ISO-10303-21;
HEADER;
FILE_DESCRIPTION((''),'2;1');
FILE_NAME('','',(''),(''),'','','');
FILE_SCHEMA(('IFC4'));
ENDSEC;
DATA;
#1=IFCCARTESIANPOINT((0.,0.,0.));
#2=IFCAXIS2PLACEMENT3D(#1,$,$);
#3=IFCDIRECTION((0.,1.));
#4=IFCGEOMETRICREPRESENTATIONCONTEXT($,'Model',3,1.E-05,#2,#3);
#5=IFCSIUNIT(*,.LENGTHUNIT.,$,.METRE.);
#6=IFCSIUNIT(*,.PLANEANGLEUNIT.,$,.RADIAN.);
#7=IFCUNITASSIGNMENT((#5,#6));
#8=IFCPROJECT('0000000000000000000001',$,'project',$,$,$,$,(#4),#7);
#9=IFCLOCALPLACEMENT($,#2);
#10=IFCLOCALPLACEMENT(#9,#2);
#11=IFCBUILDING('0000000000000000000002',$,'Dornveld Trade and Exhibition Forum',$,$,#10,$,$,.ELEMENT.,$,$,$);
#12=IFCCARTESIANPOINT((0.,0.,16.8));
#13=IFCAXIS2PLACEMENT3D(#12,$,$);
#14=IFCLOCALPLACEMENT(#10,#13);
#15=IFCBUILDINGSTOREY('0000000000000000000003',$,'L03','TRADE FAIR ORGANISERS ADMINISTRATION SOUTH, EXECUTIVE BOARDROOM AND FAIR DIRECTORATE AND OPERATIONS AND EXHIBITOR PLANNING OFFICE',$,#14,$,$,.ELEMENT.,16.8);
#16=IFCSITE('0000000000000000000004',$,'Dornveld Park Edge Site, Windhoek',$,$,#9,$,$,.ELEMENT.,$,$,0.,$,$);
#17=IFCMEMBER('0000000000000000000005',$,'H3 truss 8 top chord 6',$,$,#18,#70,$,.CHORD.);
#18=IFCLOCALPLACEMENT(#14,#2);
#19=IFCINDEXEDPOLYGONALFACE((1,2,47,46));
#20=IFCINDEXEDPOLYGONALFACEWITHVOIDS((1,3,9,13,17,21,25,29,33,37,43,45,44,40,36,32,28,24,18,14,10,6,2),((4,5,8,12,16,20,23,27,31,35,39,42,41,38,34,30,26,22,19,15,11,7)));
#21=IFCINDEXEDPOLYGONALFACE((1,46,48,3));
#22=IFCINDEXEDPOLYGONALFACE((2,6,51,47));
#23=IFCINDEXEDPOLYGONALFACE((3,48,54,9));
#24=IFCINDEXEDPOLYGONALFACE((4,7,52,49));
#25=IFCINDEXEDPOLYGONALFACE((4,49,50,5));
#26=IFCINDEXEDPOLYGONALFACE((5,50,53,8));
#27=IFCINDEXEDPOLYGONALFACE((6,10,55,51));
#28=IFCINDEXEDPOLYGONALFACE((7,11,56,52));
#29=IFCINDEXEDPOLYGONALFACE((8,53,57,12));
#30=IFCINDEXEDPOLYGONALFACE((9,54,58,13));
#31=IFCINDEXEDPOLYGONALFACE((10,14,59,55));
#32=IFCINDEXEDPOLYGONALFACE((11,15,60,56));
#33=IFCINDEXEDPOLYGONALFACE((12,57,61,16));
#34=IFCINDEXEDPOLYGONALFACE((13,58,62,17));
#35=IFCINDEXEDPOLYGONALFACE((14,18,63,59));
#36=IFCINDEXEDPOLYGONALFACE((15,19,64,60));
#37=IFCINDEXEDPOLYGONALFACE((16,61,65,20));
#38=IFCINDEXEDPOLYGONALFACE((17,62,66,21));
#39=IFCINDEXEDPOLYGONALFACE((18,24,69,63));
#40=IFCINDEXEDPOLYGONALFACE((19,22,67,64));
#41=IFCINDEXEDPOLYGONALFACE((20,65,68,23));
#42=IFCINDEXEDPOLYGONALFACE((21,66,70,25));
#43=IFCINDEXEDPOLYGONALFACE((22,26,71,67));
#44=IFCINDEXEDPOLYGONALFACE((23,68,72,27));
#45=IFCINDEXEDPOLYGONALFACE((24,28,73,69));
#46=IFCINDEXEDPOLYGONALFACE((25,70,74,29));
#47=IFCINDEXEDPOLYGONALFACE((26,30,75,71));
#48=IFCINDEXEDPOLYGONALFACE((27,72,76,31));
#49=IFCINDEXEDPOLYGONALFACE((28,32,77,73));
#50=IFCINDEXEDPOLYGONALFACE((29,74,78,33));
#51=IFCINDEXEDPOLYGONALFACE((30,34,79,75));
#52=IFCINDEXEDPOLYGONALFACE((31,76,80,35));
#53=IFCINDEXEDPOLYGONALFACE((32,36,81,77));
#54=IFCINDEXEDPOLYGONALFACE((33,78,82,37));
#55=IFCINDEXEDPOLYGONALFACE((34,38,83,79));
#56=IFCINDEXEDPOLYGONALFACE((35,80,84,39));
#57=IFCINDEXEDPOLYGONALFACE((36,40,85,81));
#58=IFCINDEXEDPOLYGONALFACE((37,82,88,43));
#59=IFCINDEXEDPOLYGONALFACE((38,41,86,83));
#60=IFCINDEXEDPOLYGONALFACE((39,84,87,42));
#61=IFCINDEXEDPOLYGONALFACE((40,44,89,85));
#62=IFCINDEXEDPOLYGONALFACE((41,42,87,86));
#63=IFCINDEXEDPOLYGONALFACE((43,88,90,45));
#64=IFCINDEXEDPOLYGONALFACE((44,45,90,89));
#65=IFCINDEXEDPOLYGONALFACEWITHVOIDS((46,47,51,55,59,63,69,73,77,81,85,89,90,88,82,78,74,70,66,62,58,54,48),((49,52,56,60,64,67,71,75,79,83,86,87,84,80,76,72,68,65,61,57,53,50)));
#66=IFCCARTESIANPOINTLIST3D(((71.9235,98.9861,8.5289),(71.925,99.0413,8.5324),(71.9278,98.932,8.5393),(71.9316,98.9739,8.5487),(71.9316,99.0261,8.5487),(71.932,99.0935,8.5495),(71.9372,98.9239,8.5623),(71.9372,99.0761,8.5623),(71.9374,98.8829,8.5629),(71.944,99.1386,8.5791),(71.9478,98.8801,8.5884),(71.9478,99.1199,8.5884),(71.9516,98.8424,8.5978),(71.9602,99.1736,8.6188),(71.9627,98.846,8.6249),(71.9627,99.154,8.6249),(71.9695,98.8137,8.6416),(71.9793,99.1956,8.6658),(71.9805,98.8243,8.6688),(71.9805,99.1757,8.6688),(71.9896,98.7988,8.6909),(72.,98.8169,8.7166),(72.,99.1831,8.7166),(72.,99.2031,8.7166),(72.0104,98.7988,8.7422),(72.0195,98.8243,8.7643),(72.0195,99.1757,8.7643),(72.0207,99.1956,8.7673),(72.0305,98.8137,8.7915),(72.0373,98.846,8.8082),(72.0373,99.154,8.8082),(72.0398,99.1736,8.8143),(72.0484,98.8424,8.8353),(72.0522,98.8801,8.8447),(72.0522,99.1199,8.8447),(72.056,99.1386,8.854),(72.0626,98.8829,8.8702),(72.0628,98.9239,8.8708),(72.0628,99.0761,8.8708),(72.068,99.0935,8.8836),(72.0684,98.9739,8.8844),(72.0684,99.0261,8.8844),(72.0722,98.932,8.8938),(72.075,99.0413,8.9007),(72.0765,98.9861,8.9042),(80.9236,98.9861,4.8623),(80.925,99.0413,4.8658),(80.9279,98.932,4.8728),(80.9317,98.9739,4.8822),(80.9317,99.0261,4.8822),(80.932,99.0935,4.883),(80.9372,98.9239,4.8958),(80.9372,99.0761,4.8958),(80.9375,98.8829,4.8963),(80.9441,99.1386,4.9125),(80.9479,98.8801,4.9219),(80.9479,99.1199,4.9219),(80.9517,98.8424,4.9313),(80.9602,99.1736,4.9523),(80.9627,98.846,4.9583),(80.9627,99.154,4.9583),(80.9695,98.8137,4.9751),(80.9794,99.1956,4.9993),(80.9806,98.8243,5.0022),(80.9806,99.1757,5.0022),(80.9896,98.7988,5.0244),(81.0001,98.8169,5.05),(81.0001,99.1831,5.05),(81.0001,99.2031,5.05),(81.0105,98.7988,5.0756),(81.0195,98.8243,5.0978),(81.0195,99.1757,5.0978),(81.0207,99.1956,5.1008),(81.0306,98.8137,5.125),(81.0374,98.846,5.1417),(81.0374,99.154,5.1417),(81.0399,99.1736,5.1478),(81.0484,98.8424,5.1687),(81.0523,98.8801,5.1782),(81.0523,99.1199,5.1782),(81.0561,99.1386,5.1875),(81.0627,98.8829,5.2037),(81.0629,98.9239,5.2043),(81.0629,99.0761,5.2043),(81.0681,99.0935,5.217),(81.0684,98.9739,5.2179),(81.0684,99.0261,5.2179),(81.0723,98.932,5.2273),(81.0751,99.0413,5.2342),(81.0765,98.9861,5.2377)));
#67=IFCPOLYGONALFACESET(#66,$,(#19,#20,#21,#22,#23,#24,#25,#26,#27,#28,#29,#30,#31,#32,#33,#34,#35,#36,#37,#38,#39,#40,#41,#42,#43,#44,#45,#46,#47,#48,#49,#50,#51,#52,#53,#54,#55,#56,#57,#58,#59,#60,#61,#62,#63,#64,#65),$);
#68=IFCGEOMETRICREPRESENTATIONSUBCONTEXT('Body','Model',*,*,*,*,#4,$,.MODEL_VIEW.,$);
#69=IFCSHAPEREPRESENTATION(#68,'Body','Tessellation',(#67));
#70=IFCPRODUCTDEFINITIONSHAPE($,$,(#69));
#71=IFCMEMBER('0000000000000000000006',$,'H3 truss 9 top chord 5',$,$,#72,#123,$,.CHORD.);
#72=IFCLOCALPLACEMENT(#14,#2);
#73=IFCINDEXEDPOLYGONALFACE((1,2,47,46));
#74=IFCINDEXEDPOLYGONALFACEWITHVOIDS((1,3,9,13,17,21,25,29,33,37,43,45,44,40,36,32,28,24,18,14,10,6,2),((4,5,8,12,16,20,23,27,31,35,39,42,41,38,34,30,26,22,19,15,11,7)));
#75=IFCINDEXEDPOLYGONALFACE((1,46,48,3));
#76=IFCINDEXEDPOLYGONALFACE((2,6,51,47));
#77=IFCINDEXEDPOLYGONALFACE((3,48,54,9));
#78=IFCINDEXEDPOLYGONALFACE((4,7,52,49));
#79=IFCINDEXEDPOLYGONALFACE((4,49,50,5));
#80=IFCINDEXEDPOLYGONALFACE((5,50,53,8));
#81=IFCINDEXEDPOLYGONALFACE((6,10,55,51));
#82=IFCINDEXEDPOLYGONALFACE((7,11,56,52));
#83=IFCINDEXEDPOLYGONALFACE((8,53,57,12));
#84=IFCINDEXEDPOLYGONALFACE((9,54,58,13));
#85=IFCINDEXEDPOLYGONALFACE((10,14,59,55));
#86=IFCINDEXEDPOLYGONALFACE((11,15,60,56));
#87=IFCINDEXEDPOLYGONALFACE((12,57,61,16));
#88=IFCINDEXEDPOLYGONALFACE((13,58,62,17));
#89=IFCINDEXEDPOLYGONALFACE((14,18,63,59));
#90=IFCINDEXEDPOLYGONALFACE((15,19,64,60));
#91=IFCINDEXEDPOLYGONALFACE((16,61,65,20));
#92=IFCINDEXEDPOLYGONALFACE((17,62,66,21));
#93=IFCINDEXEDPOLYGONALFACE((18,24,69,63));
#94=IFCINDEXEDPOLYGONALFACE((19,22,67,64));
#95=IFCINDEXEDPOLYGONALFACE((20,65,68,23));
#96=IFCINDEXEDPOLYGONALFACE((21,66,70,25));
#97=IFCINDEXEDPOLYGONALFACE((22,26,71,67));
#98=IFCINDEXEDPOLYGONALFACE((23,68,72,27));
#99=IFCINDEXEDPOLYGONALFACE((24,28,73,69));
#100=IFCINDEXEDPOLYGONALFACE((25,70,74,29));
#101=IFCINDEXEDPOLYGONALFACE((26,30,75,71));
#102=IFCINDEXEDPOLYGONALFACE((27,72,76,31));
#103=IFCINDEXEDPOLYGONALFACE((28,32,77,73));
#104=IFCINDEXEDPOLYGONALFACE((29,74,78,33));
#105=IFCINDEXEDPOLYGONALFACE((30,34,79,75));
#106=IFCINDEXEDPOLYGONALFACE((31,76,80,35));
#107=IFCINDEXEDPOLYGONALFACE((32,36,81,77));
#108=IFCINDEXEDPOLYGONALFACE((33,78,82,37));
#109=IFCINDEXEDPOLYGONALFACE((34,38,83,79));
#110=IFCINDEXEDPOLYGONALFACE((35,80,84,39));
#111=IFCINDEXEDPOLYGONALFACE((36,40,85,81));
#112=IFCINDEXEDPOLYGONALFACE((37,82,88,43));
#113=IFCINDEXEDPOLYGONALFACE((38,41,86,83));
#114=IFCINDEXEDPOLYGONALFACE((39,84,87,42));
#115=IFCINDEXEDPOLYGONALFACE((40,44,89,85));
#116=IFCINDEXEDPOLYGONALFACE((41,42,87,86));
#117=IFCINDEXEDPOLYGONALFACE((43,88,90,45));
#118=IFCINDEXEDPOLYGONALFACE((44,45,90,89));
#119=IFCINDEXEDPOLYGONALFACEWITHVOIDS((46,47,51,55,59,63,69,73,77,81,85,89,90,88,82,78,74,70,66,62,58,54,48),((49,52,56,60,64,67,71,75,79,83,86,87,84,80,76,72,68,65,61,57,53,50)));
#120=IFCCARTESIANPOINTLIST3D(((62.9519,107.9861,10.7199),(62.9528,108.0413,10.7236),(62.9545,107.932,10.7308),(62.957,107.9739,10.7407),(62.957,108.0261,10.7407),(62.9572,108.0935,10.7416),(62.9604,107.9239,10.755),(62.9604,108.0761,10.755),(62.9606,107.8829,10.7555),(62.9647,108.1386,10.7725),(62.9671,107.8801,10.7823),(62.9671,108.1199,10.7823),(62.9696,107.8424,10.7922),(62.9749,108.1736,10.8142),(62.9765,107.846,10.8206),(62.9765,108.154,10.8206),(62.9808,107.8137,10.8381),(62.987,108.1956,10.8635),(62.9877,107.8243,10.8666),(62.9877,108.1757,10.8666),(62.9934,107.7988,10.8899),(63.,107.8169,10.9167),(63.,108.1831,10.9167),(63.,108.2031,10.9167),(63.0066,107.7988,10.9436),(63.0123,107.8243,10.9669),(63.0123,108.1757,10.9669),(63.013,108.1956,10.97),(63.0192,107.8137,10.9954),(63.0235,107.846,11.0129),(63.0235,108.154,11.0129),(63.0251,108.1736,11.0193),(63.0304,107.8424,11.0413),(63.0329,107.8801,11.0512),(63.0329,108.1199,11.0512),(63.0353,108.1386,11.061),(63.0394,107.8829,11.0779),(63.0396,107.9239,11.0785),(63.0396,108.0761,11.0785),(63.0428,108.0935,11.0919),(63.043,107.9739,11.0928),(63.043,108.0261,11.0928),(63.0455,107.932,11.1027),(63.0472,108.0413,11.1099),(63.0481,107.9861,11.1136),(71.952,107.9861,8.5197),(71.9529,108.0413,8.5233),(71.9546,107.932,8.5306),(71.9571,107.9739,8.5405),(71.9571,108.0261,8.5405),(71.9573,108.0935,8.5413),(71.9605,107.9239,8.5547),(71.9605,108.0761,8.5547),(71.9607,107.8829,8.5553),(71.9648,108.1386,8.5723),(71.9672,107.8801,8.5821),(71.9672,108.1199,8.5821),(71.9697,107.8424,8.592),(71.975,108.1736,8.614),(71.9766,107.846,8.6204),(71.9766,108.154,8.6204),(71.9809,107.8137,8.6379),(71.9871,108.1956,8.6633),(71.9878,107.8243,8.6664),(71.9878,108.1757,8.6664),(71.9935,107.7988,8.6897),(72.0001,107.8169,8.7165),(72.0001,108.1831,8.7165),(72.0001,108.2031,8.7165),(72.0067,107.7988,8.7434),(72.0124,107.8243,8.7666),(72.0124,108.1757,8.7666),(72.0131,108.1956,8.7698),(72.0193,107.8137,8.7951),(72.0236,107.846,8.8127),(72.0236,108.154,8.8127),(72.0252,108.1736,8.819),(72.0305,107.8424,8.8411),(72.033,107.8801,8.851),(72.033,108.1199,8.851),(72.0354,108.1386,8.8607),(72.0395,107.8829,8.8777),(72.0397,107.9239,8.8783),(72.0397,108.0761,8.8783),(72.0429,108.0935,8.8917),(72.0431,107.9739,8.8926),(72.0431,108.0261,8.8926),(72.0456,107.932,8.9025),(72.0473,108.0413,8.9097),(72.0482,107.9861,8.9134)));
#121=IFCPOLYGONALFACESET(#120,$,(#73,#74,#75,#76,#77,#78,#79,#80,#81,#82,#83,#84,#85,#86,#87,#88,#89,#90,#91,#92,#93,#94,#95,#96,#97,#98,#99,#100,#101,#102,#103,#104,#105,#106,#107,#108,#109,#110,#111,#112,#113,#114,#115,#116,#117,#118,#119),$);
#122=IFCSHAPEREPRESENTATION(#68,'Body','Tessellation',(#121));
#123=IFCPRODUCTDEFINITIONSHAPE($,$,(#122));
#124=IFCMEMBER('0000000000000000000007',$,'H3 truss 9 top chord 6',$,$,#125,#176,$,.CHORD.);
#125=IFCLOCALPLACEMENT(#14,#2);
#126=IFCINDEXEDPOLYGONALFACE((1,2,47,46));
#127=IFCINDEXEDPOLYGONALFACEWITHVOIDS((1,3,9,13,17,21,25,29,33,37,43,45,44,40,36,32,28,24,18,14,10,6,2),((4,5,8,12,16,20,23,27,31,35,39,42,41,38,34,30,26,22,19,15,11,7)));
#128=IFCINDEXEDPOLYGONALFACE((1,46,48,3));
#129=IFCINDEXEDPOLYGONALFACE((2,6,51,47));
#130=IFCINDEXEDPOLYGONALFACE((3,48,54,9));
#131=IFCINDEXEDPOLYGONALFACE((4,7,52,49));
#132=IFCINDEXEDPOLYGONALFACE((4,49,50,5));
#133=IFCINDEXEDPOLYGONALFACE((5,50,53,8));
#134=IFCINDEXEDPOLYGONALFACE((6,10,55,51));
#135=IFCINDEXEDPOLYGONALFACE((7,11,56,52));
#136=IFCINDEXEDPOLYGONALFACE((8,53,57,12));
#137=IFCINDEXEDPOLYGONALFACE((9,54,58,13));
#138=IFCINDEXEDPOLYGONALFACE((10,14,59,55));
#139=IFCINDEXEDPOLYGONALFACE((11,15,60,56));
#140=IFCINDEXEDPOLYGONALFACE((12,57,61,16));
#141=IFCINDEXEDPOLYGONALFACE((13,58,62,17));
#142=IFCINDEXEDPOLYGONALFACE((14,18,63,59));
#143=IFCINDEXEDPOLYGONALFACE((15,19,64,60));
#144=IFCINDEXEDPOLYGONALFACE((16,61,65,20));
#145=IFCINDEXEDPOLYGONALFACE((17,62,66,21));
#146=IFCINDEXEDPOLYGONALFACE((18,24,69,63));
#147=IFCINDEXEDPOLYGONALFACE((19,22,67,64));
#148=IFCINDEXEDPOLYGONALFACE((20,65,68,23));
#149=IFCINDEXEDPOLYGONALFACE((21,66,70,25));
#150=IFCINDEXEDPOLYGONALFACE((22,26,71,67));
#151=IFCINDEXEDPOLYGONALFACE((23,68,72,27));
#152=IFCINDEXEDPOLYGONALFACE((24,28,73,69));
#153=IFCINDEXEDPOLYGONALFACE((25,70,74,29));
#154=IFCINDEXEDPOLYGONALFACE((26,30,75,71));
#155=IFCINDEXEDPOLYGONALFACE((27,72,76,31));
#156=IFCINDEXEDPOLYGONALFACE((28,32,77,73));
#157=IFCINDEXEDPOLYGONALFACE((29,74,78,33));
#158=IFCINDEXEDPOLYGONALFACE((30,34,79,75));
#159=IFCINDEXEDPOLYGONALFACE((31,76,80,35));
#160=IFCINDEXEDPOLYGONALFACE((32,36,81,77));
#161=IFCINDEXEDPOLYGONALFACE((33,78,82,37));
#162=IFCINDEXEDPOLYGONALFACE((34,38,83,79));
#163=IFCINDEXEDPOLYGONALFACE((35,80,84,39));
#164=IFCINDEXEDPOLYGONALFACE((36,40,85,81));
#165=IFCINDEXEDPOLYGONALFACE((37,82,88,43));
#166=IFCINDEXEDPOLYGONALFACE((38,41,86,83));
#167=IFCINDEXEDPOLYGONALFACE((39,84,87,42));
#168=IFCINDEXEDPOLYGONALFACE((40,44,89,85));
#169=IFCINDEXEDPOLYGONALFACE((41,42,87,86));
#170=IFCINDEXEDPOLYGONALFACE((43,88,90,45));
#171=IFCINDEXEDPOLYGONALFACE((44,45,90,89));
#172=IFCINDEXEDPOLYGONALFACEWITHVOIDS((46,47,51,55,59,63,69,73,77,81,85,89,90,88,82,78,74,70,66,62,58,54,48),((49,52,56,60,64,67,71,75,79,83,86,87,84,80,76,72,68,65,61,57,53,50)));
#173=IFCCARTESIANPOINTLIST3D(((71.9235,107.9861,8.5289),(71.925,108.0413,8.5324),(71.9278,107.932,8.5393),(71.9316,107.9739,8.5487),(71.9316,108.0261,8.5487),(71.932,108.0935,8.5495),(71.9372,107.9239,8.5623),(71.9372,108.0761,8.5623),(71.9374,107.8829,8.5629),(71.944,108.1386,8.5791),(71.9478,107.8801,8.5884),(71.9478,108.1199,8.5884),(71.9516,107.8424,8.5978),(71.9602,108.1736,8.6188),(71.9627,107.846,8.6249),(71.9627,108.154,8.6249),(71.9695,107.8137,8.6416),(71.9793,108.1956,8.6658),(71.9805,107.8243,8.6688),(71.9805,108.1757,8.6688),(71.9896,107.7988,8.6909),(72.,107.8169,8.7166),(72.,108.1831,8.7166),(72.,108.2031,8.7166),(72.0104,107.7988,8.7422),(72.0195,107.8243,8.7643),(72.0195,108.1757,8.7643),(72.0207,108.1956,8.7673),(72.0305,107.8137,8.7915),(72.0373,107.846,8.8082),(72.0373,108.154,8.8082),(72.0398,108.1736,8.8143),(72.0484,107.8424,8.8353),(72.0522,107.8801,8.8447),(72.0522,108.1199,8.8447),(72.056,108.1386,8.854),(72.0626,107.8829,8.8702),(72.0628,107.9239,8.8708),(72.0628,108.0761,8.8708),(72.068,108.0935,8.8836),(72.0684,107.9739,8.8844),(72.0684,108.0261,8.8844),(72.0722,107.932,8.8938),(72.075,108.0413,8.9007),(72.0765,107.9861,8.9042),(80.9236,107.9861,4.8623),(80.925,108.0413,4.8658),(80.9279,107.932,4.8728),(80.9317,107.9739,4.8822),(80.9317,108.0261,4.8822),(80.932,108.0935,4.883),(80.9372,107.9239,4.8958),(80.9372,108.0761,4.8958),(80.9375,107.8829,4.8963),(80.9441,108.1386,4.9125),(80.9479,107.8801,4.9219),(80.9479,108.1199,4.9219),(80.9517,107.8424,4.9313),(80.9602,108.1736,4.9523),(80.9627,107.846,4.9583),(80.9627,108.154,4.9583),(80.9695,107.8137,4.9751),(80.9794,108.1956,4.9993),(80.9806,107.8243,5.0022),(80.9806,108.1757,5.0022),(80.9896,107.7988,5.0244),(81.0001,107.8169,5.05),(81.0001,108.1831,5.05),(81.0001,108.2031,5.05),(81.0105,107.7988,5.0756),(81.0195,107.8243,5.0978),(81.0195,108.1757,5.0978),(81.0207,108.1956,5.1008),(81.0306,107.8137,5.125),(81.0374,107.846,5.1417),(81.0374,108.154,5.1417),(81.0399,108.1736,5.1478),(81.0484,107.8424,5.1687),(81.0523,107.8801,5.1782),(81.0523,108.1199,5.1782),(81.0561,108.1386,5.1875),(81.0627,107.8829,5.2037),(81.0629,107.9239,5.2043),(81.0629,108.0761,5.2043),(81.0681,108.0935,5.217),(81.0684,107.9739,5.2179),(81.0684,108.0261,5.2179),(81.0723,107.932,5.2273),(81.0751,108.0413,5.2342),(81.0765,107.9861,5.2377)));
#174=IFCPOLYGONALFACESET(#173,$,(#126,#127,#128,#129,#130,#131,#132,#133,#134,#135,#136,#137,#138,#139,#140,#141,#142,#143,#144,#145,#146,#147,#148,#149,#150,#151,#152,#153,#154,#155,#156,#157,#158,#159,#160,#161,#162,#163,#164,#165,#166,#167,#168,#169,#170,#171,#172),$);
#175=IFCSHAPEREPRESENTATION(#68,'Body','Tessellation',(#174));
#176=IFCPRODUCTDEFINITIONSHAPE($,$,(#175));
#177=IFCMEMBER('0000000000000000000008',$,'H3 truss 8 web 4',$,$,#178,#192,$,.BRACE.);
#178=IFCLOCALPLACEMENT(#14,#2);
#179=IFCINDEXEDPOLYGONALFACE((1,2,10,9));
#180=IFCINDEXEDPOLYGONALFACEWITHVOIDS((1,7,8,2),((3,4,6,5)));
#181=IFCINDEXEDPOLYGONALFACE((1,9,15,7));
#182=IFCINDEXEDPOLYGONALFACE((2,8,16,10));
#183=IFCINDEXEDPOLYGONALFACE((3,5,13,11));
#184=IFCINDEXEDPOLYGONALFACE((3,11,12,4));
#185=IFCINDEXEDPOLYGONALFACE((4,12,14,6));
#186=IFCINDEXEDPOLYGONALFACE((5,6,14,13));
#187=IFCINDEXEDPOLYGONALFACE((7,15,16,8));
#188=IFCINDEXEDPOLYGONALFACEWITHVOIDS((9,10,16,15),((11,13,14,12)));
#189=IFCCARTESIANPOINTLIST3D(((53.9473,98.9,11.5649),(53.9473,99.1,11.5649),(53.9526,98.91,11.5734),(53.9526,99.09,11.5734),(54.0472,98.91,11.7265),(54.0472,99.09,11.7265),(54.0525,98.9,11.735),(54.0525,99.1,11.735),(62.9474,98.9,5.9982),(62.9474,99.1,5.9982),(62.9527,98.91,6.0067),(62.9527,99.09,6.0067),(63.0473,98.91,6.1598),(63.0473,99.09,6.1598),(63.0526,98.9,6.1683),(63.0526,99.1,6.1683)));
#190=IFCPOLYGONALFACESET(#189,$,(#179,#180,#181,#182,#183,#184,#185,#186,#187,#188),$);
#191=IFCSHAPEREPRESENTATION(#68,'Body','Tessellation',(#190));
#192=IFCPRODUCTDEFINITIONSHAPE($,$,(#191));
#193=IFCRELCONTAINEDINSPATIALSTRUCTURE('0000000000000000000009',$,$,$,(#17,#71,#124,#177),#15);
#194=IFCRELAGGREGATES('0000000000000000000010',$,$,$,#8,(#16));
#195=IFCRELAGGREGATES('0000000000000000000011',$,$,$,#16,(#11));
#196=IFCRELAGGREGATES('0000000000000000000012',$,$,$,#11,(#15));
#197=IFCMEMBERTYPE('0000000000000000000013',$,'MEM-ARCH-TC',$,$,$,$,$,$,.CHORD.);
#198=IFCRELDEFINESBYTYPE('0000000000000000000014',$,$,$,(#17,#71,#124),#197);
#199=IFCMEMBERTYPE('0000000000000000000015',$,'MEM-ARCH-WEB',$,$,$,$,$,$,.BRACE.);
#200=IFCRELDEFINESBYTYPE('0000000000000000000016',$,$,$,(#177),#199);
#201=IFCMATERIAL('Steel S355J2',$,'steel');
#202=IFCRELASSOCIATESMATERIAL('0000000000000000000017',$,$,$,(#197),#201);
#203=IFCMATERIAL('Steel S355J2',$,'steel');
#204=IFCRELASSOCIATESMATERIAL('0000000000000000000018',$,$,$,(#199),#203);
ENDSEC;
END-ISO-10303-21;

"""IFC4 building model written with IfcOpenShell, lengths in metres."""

from ifc_helpers import new_model, si_unit, direction, frame, origin, origin_2d, place, context, subcontext, project, spatial, hollow_rectangle, hollow_circle, extrude, material, material_profile, profile_set, type_object, element, save


model = new_model("IFC4")

# Units and contexts
model_context = context("Model", 3, precision=1e-05, world=origin(), true_north=direction((0.0, 1.0)))
body_context = subcontext(model_context, "Body", "Model", "MODEL_VIEW")
ifc_project = project(units=[si_unit("LENGTHUNIT", "METRE"), si_unit("PLANEANGLEUNIT", "RADIAN")], contexts=[model_context])

# Site, building, storey
site_placement = place(None, origin())
site = spatial("IfcSite", under=ifc_project, at=site_placement, Name="Dornveld Park Edge Site, Windhoek", CompositionType="ELEMENT", RefElevation=0.0)
building_placement = place(site_placement, origin())
building = spatial("IfcBuilding", under=site, at=building_placement, Name="Dornveld Trade and Exhibition Forum", CompositionType="ELEMENT")
storey_placement = place(building_placement, frame((0.0, 0.0, 16.8)))
storey = spatial("IfcBuildingStorey", under=building, at=storey_placement, Name="L03", Description="TRADE FAIR ORGANISERS ADMINISTRATION SOUTH, EXECUTIVE BOARDROOM AND FAIR DIRECTORATE AND OPERATIONS AND EXHIBITOR PLANNING OFFICE", CompositionType="ELEMENT", Elevation=16.8)

# Members
ifc_material_1 = material(Name="Steel S355J2", Category="steel")
ifc_material_profile_1 = material_profile(ifc_material_1, hollow_circle(Radius=0.2031, WallThickness=0.02, at=origin_2d()), Name="CHS 406.4x20")
ifc_profile_set_1 = profile_set([ifc_material_profile_1], Name="Steel S355J2")
member_type_1 = type_object("IfcMemberType", Name="MEM-ARCH-TC", PredefinedType="CHORD", material=ifc_profile_set_1)
member_1_placement = place(storey_placement, frame((72.0, 99.0, 8.7166), z_axis=(0.926098, 0.0, -0.377283), x_axis=(0.0, 1.0, 0.0)))
element("IfcMember", 1, at=member_1_placement, inside=storey, type_object=member_type_1, Name="H3 truss 8 top chord 6", PredefinedType="CHORD", context=body_context, shape_type="SweptSolid", body=[
    extrude(hollow_circle(Radius=0.2031, WallThickness=0.02, at=origin_2d()), origin(), (0.0, 0.0, 1.0), 9.7183),
])
member_2_placement = place(storey_placement, frame((63.0, 108.0, 10.9167), z_axis=(0.971394, 0.0, -0.237473), x_axis=(0.0, 1.0, 0.0)))
element("IfcMember", 2, at=member_2_placement, inside=storey, type_object=member_type_1, Name="H3 truss 9 top chord 5", PredefinedType="CHORD", context=body_context, shape_type="SweptSolid", body=[
    extrude(hollow_circle(Radius=0.2031, WallThickness=0.02, at=origin_2d()), origin(), (0.0, 0.0, 1.0), 9.2651),
])
member_3_placement = place(storey_placement, frame((72.0, 108.0, 8.7166), z_axis=(0.926098, 0.0, -0.377283), x_axis=(0.0, 1.0, 0.0)))
element("IfcMember", 3, at=member_3_placement, inside=storey, type_object=member_type_1, Name="H3 truss 9 top chord 6", PredefinedType="CHORD", context=body_context, shape_type="SweptSolid", body=[
    extrude(hollow_circle(Radius=0.2031, WallThickness=0.02, at=origin_2d()), origin(), (0.0, 0.0, 1.0), 9.7183),
])
ifc_material_2 = material(Name="Steel S355J2", Category="steel")
ifc_material_profile_2 = material_profile(ifc_material_2, hollow_rectangle(XDim=0.2, YDim=0.2, WallThickness=0.01, at=origin_2d()), Name="SHS 200x200x10")
ifc_profile_set_2 = profile_set([ifc_material_profile_2], Name="Steel S355J2")
member_type_2 = type_object("IfcMemberType", Name="MEM-ARCH-WEB", PredefinedType="BRACE", material=ifc_profile_set_2)
member_4_placement = place(storey_placement, frame((63.0, 99.0, 6.0833), z_axis=(-0.850467, 0.0, 0.526028), x_axis=(0.0, -1.0, 0.0)))
element("IfcMember", 4, at=member_4_placement, inside=storey, type_object=member_type_2, Name="H3 truss 8 web 4", PredefinedType="BRACE", context=body_context, shape_type="SweptSolid", body=[
    extrude(hollow_rectangle(XDim=0.2, YDim=0.2, WallThickness=0.01, at=origin_2d()), origin(), (0.0, 0.0, 1.0), 10.5825),
])

save(model, "model.ifc")
